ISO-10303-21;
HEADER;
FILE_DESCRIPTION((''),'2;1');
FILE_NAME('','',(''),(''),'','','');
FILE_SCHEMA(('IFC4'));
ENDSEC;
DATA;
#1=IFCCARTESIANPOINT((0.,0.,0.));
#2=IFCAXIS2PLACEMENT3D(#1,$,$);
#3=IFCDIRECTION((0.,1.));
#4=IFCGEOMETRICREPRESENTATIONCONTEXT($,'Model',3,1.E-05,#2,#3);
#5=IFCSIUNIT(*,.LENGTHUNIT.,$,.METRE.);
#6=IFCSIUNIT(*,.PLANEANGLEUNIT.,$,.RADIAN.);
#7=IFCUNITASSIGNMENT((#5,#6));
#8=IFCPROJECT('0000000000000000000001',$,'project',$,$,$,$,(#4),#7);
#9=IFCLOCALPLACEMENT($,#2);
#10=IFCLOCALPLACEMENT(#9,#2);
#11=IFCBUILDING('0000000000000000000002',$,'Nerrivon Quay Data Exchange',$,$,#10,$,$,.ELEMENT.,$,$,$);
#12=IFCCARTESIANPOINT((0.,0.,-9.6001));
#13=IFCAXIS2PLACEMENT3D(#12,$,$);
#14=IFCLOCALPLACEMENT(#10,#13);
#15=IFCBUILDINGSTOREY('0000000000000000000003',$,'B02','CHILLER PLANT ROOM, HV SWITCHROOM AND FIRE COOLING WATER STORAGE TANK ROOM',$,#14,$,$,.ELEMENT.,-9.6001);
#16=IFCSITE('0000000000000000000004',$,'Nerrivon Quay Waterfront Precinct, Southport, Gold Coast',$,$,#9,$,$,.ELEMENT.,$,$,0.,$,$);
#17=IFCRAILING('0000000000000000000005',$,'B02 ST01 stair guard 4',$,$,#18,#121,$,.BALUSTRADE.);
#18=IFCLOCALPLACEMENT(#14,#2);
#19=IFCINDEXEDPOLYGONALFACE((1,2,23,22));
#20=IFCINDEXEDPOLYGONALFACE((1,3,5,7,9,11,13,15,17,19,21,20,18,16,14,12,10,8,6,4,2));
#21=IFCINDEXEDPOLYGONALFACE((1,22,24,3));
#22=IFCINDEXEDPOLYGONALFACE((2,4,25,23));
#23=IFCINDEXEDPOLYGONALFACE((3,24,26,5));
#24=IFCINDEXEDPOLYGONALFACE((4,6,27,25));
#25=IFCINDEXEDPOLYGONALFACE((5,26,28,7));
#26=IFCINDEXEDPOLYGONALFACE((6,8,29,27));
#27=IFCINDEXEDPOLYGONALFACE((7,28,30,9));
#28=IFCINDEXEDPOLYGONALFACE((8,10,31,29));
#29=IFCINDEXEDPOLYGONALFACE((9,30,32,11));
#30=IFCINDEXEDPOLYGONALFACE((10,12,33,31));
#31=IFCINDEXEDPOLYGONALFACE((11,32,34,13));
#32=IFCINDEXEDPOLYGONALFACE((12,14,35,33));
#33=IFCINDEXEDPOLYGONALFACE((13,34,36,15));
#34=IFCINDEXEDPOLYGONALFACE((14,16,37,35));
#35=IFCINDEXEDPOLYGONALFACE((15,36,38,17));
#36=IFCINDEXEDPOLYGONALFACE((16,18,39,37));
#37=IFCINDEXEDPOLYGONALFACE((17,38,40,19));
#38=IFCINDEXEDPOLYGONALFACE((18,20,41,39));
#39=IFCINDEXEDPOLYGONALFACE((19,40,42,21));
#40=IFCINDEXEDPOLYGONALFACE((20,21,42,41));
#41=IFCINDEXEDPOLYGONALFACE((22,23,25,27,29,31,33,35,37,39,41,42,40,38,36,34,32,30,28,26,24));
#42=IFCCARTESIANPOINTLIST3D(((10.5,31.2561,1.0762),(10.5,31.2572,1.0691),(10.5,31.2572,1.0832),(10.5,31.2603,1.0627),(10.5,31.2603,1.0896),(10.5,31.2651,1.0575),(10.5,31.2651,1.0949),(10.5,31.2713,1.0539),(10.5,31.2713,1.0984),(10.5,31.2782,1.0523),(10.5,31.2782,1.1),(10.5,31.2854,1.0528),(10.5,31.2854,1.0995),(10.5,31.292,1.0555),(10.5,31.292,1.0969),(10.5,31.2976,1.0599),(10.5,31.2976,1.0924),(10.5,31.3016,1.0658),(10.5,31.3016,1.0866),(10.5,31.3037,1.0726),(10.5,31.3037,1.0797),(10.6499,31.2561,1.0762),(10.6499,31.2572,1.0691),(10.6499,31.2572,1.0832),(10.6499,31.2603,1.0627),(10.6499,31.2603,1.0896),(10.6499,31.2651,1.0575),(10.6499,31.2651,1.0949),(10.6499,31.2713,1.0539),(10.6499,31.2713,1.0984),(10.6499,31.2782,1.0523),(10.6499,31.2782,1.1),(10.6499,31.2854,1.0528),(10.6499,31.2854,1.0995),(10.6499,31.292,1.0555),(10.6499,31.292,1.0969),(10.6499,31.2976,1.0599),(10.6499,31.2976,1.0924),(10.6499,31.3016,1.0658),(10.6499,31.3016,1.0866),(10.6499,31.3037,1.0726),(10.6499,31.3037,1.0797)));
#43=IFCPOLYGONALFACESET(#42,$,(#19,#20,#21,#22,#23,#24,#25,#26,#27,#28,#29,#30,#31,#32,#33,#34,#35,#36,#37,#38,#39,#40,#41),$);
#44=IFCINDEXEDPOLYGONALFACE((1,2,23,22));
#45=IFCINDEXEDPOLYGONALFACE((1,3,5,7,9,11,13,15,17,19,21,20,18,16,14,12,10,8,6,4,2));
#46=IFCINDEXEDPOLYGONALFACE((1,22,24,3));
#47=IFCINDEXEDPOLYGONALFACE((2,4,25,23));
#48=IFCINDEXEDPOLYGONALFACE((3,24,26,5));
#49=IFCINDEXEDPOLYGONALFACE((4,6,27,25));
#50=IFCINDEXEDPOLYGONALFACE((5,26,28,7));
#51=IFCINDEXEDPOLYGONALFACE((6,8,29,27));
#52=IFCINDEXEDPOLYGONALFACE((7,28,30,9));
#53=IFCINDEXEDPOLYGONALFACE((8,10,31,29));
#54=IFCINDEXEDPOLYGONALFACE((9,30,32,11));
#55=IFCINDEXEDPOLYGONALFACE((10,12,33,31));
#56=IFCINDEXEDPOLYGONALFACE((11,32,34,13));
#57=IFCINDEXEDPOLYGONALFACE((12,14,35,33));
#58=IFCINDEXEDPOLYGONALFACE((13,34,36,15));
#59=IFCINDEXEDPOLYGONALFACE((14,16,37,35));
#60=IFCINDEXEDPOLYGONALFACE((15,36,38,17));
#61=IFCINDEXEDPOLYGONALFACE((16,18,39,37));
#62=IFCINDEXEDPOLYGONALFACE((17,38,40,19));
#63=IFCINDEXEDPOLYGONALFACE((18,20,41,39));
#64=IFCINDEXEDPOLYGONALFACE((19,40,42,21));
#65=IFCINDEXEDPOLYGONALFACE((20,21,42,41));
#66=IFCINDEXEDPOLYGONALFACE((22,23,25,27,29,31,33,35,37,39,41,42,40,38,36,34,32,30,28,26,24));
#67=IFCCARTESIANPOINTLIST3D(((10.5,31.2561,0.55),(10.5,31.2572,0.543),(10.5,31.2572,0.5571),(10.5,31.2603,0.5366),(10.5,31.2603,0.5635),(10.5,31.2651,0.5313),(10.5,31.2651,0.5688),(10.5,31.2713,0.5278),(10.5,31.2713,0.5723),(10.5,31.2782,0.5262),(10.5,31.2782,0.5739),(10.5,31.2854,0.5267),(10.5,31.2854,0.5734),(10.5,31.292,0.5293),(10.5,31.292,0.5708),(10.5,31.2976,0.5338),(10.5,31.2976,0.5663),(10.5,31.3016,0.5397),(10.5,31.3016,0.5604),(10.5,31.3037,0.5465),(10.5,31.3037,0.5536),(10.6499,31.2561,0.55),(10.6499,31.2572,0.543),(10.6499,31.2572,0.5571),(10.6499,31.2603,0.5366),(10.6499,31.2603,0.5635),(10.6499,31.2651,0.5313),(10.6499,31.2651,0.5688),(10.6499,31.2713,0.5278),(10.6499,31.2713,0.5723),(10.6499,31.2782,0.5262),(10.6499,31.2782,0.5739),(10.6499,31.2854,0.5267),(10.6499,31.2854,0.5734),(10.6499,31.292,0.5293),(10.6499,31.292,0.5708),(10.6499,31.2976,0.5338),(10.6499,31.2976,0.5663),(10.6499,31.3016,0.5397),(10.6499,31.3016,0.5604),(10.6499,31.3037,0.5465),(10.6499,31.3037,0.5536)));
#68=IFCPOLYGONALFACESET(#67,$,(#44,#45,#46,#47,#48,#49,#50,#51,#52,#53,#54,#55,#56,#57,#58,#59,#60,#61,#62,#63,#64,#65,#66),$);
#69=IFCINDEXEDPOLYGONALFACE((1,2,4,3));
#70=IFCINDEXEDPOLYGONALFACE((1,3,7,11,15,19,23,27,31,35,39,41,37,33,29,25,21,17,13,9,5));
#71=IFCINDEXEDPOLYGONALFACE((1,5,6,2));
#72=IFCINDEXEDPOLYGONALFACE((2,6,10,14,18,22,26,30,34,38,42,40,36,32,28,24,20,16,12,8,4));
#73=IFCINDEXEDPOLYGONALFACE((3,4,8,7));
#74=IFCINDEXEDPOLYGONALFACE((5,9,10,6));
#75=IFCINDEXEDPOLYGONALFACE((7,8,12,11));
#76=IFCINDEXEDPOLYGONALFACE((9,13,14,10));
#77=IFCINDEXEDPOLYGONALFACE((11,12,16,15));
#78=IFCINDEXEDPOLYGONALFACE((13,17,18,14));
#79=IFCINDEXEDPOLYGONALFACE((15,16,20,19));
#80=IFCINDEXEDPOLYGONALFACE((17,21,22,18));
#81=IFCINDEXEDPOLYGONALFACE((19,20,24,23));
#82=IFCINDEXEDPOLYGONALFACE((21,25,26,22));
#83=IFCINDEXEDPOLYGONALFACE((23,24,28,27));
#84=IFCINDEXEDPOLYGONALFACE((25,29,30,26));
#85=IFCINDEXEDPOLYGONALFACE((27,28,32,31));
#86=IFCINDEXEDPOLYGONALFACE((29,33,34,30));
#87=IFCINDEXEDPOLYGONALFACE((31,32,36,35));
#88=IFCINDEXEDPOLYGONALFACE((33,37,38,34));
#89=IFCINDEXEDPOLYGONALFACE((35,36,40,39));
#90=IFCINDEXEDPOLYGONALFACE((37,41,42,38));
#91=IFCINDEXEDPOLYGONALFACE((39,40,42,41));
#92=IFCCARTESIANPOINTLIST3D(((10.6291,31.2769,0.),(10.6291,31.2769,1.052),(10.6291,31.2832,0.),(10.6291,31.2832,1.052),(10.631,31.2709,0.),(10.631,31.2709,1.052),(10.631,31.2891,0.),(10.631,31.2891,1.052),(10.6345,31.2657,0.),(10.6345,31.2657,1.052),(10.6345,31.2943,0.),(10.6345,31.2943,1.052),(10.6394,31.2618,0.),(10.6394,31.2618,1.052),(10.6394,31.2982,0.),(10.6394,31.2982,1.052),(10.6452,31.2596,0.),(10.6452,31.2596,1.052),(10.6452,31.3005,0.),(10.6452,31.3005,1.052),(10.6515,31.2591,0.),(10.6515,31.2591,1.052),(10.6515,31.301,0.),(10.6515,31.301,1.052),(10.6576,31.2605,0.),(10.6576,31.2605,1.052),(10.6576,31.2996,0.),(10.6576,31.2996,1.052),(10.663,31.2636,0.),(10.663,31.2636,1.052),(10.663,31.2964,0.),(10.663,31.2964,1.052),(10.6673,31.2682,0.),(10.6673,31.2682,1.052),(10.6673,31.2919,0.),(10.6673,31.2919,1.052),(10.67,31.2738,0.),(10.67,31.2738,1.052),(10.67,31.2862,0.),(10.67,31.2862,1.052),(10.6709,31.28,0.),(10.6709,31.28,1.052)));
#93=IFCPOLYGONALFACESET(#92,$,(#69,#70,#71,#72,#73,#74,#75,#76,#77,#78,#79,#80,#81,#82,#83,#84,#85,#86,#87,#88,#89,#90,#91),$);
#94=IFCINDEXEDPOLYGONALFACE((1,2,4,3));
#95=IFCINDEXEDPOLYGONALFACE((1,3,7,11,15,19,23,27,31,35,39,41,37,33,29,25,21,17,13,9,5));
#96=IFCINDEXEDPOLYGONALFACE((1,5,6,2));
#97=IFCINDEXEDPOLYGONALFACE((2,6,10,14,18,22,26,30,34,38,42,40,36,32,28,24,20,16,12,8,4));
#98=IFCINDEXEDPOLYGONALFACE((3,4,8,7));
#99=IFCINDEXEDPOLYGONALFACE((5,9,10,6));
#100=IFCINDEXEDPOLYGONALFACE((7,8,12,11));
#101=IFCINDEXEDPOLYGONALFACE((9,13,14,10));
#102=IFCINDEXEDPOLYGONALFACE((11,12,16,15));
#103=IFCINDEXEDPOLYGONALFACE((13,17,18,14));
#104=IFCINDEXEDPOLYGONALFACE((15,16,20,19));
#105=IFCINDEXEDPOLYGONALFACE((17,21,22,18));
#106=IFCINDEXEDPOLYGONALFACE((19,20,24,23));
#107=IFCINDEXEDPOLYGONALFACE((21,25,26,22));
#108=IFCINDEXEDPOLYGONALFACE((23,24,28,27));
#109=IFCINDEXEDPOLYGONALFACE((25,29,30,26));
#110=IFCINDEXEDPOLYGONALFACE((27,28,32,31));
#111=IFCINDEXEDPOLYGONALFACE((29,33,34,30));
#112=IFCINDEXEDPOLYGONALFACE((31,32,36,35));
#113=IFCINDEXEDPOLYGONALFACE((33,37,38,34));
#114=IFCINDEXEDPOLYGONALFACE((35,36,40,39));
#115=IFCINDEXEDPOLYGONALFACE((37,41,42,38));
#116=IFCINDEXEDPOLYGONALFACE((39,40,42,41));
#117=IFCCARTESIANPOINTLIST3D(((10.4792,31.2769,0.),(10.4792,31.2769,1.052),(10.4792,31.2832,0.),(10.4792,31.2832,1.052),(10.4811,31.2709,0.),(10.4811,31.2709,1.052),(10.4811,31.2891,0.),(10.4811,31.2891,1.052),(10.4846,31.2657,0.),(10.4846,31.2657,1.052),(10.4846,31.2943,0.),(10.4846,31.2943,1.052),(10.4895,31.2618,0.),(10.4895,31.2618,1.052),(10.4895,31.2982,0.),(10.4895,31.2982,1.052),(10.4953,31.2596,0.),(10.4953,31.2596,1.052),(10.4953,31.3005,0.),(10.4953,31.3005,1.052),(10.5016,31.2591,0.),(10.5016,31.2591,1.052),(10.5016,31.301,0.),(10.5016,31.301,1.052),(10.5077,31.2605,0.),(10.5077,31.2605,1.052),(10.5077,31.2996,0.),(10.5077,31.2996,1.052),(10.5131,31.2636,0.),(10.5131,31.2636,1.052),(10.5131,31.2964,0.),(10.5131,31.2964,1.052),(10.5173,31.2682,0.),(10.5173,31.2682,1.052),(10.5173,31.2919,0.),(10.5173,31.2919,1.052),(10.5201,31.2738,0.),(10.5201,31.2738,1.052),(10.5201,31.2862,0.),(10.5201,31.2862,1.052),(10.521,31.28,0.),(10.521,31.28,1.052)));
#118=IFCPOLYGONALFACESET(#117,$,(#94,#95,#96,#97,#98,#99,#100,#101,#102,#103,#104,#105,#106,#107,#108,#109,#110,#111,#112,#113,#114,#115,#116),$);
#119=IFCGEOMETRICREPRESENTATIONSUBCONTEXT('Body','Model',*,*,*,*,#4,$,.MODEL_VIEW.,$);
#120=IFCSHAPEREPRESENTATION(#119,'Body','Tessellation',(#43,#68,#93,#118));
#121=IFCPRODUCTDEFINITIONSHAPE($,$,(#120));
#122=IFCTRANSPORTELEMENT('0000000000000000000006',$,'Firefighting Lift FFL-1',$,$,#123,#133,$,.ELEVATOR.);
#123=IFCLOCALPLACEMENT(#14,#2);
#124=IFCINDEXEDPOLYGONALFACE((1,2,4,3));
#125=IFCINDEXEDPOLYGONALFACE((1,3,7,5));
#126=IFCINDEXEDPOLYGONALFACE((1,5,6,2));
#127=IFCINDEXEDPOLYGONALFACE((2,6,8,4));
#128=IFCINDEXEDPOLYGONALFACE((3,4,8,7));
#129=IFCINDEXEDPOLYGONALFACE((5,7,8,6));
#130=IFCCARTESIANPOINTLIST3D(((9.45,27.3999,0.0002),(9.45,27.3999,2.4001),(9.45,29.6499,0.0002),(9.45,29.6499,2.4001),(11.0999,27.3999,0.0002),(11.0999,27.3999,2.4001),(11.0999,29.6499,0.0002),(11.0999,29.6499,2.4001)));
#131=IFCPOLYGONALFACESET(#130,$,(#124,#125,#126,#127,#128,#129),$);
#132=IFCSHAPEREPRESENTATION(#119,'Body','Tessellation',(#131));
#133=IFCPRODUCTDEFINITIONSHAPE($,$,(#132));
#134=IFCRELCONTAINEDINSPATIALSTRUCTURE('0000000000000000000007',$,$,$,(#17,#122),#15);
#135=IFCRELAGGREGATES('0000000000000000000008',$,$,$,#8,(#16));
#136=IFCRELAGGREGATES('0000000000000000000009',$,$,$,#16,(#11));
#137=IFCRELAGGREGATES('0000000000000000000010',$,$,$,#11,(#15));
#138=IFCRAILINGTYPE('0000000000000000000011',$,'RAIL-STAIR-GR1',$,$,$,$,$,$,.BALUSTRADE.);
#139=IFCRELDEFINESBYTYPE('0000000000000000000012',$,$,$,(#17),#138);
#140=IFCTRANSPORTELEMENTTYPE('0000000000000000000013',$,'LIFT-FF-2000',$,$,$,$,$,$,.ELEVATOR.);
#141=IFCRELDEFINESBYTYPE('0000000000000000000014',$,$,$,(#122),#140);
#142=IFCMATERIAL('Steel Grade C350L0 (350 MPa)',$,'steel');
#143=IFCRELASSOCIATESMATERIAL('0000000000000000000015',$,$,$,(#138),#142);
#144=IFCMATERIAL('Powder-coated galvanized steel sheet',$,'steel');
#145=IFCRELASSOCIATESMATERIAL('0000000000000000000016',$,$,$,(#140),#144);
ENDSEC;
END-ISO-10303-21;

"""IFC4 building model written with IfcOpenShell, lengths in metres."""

from ifc_helpers import new_model, si_unit, direction, frame, origin, origin_2d, place, context, subcontext, project, spatial, rectangle, circle, extrude, material, type_object, element, save


model = new_model("IFC4")

# Units and contexts
model_context = context("Model", 3, precision=1e-05, world=origin(), true_north=direction((0.0, 1.0)))
body_context = subcontext(model_context, "Body", "Model", "MODEL_VIEW")
ifc_project = project(units=[si_unit("LENGTHUNIT", "METRE"), si_unit("PLANEANGLEUNIT", "RADIAN")], contexts=[model_context])

# Site, building, storey
site_placement = place(None, origin())
site = spatial("IfcSite", under=ifc_project, at=site_placement, Name="Nerrivon Quay Waterfront Precinct, Southport, Gold Coast", CompositionType="ELEMENT", RefElevation=0.0)
building_placement = place(site_placement, origin())
building = spatial("IfcBuilding", under=site, at=building_placement, Name="Nerrivon Quay Data Exchange", CompositionType="ELEMENT")
storey_placement = place(building_placement, frame((0.0, 0.0, -9.6001)))
storey = spatial("IfcBuildingStorey", under=building, at=storey_placement, Name="B02", Description="CHILLER PLANT ROOM, HV SWITCHROOM AND FIRE COOLING WATER STORAGE TANK ROOM", CompositionType="ELEMENT", Elevation=-9.6001)

# Shared definitions
ifc_material_1 = material(Name="Powder-coated galvanized steel sheet", Category="steel")

# Railing
ifc_material_2 = material(Name="Steel Grade C350L0 (350 MPa)", Category="steel")
railing_type_1 = type_object("IfcRailingType", Name="RAIL-STAIR-GR1", PredefinedType="BALUSTRADE", material=ifc_material_2)
railing_1_placement = place(storey_placement, frame((10.6499, 31.28, 0.0)))
element("IfcRailing", 1, at=railing_1_placement, inside=storey, type_object=railing_type_1, Name="B02 ST01 stair guard 4", PredefinedType="BALUSTRADE", context=body_context, shape_type="SweptSolid", body=[
    extrude(circle(Radius=0.0239, at=origin_2d()), frame((0.0, 0.0, 1.0762), z_axis=(-1.0, 0.0, 0.0), x_axis=(0.0, -1.0, 0.0)), (0.0, 0.0, 1.0), 0.1499),
    extrude(circle(Radius=0.0239, at=origin_2d()), frame((0.0, 0.0, 0.55), z_axis=(-1.0, 0.0, 0.0), x_axis=(0.0, -1.0, 0.0)), (0.0, 0.0, 1.0), 0.1499),
    extrude(circle(Radius=0.021, at=origin_2d()), origin(), (0.0, 0.0, 1.0), 1.052),
    extrude(circle(Radius=0.021, at=origin_2d()), frame((-0.1499, 0.0, 0.0)), (0.0, 0.0, 1.0), 1.052),
])

# Transport element
transport_element_type = type_object("IfcTransportElementType", Name="LIFT-FF-2000", PredefinedType="ELEVATOR", material=ifc_material_1)
transport_element_placement = place(storey_placement, frame((10.2749, 28.5249, 0.0002), z_axis=(0.0, 0.0, 1.0), x_axis=(1.0, 0.0, 0.0)))
element("IfcTransportElement", 2, at=transport_element_placement, inside=storey, type_object=transport_element_type, Name="Firefighting Lift FFL-1", PredefinedType="ELEVATOR", context=body_context, shape_type="SweptSolid", body=[
    extrude(rectangle(XDim=1.6499, YDim=2.25, at=origin_2d()), origin(), (0.0, 0.0, 1.0), 2.3999),
])

save(model, "model.ifc")
